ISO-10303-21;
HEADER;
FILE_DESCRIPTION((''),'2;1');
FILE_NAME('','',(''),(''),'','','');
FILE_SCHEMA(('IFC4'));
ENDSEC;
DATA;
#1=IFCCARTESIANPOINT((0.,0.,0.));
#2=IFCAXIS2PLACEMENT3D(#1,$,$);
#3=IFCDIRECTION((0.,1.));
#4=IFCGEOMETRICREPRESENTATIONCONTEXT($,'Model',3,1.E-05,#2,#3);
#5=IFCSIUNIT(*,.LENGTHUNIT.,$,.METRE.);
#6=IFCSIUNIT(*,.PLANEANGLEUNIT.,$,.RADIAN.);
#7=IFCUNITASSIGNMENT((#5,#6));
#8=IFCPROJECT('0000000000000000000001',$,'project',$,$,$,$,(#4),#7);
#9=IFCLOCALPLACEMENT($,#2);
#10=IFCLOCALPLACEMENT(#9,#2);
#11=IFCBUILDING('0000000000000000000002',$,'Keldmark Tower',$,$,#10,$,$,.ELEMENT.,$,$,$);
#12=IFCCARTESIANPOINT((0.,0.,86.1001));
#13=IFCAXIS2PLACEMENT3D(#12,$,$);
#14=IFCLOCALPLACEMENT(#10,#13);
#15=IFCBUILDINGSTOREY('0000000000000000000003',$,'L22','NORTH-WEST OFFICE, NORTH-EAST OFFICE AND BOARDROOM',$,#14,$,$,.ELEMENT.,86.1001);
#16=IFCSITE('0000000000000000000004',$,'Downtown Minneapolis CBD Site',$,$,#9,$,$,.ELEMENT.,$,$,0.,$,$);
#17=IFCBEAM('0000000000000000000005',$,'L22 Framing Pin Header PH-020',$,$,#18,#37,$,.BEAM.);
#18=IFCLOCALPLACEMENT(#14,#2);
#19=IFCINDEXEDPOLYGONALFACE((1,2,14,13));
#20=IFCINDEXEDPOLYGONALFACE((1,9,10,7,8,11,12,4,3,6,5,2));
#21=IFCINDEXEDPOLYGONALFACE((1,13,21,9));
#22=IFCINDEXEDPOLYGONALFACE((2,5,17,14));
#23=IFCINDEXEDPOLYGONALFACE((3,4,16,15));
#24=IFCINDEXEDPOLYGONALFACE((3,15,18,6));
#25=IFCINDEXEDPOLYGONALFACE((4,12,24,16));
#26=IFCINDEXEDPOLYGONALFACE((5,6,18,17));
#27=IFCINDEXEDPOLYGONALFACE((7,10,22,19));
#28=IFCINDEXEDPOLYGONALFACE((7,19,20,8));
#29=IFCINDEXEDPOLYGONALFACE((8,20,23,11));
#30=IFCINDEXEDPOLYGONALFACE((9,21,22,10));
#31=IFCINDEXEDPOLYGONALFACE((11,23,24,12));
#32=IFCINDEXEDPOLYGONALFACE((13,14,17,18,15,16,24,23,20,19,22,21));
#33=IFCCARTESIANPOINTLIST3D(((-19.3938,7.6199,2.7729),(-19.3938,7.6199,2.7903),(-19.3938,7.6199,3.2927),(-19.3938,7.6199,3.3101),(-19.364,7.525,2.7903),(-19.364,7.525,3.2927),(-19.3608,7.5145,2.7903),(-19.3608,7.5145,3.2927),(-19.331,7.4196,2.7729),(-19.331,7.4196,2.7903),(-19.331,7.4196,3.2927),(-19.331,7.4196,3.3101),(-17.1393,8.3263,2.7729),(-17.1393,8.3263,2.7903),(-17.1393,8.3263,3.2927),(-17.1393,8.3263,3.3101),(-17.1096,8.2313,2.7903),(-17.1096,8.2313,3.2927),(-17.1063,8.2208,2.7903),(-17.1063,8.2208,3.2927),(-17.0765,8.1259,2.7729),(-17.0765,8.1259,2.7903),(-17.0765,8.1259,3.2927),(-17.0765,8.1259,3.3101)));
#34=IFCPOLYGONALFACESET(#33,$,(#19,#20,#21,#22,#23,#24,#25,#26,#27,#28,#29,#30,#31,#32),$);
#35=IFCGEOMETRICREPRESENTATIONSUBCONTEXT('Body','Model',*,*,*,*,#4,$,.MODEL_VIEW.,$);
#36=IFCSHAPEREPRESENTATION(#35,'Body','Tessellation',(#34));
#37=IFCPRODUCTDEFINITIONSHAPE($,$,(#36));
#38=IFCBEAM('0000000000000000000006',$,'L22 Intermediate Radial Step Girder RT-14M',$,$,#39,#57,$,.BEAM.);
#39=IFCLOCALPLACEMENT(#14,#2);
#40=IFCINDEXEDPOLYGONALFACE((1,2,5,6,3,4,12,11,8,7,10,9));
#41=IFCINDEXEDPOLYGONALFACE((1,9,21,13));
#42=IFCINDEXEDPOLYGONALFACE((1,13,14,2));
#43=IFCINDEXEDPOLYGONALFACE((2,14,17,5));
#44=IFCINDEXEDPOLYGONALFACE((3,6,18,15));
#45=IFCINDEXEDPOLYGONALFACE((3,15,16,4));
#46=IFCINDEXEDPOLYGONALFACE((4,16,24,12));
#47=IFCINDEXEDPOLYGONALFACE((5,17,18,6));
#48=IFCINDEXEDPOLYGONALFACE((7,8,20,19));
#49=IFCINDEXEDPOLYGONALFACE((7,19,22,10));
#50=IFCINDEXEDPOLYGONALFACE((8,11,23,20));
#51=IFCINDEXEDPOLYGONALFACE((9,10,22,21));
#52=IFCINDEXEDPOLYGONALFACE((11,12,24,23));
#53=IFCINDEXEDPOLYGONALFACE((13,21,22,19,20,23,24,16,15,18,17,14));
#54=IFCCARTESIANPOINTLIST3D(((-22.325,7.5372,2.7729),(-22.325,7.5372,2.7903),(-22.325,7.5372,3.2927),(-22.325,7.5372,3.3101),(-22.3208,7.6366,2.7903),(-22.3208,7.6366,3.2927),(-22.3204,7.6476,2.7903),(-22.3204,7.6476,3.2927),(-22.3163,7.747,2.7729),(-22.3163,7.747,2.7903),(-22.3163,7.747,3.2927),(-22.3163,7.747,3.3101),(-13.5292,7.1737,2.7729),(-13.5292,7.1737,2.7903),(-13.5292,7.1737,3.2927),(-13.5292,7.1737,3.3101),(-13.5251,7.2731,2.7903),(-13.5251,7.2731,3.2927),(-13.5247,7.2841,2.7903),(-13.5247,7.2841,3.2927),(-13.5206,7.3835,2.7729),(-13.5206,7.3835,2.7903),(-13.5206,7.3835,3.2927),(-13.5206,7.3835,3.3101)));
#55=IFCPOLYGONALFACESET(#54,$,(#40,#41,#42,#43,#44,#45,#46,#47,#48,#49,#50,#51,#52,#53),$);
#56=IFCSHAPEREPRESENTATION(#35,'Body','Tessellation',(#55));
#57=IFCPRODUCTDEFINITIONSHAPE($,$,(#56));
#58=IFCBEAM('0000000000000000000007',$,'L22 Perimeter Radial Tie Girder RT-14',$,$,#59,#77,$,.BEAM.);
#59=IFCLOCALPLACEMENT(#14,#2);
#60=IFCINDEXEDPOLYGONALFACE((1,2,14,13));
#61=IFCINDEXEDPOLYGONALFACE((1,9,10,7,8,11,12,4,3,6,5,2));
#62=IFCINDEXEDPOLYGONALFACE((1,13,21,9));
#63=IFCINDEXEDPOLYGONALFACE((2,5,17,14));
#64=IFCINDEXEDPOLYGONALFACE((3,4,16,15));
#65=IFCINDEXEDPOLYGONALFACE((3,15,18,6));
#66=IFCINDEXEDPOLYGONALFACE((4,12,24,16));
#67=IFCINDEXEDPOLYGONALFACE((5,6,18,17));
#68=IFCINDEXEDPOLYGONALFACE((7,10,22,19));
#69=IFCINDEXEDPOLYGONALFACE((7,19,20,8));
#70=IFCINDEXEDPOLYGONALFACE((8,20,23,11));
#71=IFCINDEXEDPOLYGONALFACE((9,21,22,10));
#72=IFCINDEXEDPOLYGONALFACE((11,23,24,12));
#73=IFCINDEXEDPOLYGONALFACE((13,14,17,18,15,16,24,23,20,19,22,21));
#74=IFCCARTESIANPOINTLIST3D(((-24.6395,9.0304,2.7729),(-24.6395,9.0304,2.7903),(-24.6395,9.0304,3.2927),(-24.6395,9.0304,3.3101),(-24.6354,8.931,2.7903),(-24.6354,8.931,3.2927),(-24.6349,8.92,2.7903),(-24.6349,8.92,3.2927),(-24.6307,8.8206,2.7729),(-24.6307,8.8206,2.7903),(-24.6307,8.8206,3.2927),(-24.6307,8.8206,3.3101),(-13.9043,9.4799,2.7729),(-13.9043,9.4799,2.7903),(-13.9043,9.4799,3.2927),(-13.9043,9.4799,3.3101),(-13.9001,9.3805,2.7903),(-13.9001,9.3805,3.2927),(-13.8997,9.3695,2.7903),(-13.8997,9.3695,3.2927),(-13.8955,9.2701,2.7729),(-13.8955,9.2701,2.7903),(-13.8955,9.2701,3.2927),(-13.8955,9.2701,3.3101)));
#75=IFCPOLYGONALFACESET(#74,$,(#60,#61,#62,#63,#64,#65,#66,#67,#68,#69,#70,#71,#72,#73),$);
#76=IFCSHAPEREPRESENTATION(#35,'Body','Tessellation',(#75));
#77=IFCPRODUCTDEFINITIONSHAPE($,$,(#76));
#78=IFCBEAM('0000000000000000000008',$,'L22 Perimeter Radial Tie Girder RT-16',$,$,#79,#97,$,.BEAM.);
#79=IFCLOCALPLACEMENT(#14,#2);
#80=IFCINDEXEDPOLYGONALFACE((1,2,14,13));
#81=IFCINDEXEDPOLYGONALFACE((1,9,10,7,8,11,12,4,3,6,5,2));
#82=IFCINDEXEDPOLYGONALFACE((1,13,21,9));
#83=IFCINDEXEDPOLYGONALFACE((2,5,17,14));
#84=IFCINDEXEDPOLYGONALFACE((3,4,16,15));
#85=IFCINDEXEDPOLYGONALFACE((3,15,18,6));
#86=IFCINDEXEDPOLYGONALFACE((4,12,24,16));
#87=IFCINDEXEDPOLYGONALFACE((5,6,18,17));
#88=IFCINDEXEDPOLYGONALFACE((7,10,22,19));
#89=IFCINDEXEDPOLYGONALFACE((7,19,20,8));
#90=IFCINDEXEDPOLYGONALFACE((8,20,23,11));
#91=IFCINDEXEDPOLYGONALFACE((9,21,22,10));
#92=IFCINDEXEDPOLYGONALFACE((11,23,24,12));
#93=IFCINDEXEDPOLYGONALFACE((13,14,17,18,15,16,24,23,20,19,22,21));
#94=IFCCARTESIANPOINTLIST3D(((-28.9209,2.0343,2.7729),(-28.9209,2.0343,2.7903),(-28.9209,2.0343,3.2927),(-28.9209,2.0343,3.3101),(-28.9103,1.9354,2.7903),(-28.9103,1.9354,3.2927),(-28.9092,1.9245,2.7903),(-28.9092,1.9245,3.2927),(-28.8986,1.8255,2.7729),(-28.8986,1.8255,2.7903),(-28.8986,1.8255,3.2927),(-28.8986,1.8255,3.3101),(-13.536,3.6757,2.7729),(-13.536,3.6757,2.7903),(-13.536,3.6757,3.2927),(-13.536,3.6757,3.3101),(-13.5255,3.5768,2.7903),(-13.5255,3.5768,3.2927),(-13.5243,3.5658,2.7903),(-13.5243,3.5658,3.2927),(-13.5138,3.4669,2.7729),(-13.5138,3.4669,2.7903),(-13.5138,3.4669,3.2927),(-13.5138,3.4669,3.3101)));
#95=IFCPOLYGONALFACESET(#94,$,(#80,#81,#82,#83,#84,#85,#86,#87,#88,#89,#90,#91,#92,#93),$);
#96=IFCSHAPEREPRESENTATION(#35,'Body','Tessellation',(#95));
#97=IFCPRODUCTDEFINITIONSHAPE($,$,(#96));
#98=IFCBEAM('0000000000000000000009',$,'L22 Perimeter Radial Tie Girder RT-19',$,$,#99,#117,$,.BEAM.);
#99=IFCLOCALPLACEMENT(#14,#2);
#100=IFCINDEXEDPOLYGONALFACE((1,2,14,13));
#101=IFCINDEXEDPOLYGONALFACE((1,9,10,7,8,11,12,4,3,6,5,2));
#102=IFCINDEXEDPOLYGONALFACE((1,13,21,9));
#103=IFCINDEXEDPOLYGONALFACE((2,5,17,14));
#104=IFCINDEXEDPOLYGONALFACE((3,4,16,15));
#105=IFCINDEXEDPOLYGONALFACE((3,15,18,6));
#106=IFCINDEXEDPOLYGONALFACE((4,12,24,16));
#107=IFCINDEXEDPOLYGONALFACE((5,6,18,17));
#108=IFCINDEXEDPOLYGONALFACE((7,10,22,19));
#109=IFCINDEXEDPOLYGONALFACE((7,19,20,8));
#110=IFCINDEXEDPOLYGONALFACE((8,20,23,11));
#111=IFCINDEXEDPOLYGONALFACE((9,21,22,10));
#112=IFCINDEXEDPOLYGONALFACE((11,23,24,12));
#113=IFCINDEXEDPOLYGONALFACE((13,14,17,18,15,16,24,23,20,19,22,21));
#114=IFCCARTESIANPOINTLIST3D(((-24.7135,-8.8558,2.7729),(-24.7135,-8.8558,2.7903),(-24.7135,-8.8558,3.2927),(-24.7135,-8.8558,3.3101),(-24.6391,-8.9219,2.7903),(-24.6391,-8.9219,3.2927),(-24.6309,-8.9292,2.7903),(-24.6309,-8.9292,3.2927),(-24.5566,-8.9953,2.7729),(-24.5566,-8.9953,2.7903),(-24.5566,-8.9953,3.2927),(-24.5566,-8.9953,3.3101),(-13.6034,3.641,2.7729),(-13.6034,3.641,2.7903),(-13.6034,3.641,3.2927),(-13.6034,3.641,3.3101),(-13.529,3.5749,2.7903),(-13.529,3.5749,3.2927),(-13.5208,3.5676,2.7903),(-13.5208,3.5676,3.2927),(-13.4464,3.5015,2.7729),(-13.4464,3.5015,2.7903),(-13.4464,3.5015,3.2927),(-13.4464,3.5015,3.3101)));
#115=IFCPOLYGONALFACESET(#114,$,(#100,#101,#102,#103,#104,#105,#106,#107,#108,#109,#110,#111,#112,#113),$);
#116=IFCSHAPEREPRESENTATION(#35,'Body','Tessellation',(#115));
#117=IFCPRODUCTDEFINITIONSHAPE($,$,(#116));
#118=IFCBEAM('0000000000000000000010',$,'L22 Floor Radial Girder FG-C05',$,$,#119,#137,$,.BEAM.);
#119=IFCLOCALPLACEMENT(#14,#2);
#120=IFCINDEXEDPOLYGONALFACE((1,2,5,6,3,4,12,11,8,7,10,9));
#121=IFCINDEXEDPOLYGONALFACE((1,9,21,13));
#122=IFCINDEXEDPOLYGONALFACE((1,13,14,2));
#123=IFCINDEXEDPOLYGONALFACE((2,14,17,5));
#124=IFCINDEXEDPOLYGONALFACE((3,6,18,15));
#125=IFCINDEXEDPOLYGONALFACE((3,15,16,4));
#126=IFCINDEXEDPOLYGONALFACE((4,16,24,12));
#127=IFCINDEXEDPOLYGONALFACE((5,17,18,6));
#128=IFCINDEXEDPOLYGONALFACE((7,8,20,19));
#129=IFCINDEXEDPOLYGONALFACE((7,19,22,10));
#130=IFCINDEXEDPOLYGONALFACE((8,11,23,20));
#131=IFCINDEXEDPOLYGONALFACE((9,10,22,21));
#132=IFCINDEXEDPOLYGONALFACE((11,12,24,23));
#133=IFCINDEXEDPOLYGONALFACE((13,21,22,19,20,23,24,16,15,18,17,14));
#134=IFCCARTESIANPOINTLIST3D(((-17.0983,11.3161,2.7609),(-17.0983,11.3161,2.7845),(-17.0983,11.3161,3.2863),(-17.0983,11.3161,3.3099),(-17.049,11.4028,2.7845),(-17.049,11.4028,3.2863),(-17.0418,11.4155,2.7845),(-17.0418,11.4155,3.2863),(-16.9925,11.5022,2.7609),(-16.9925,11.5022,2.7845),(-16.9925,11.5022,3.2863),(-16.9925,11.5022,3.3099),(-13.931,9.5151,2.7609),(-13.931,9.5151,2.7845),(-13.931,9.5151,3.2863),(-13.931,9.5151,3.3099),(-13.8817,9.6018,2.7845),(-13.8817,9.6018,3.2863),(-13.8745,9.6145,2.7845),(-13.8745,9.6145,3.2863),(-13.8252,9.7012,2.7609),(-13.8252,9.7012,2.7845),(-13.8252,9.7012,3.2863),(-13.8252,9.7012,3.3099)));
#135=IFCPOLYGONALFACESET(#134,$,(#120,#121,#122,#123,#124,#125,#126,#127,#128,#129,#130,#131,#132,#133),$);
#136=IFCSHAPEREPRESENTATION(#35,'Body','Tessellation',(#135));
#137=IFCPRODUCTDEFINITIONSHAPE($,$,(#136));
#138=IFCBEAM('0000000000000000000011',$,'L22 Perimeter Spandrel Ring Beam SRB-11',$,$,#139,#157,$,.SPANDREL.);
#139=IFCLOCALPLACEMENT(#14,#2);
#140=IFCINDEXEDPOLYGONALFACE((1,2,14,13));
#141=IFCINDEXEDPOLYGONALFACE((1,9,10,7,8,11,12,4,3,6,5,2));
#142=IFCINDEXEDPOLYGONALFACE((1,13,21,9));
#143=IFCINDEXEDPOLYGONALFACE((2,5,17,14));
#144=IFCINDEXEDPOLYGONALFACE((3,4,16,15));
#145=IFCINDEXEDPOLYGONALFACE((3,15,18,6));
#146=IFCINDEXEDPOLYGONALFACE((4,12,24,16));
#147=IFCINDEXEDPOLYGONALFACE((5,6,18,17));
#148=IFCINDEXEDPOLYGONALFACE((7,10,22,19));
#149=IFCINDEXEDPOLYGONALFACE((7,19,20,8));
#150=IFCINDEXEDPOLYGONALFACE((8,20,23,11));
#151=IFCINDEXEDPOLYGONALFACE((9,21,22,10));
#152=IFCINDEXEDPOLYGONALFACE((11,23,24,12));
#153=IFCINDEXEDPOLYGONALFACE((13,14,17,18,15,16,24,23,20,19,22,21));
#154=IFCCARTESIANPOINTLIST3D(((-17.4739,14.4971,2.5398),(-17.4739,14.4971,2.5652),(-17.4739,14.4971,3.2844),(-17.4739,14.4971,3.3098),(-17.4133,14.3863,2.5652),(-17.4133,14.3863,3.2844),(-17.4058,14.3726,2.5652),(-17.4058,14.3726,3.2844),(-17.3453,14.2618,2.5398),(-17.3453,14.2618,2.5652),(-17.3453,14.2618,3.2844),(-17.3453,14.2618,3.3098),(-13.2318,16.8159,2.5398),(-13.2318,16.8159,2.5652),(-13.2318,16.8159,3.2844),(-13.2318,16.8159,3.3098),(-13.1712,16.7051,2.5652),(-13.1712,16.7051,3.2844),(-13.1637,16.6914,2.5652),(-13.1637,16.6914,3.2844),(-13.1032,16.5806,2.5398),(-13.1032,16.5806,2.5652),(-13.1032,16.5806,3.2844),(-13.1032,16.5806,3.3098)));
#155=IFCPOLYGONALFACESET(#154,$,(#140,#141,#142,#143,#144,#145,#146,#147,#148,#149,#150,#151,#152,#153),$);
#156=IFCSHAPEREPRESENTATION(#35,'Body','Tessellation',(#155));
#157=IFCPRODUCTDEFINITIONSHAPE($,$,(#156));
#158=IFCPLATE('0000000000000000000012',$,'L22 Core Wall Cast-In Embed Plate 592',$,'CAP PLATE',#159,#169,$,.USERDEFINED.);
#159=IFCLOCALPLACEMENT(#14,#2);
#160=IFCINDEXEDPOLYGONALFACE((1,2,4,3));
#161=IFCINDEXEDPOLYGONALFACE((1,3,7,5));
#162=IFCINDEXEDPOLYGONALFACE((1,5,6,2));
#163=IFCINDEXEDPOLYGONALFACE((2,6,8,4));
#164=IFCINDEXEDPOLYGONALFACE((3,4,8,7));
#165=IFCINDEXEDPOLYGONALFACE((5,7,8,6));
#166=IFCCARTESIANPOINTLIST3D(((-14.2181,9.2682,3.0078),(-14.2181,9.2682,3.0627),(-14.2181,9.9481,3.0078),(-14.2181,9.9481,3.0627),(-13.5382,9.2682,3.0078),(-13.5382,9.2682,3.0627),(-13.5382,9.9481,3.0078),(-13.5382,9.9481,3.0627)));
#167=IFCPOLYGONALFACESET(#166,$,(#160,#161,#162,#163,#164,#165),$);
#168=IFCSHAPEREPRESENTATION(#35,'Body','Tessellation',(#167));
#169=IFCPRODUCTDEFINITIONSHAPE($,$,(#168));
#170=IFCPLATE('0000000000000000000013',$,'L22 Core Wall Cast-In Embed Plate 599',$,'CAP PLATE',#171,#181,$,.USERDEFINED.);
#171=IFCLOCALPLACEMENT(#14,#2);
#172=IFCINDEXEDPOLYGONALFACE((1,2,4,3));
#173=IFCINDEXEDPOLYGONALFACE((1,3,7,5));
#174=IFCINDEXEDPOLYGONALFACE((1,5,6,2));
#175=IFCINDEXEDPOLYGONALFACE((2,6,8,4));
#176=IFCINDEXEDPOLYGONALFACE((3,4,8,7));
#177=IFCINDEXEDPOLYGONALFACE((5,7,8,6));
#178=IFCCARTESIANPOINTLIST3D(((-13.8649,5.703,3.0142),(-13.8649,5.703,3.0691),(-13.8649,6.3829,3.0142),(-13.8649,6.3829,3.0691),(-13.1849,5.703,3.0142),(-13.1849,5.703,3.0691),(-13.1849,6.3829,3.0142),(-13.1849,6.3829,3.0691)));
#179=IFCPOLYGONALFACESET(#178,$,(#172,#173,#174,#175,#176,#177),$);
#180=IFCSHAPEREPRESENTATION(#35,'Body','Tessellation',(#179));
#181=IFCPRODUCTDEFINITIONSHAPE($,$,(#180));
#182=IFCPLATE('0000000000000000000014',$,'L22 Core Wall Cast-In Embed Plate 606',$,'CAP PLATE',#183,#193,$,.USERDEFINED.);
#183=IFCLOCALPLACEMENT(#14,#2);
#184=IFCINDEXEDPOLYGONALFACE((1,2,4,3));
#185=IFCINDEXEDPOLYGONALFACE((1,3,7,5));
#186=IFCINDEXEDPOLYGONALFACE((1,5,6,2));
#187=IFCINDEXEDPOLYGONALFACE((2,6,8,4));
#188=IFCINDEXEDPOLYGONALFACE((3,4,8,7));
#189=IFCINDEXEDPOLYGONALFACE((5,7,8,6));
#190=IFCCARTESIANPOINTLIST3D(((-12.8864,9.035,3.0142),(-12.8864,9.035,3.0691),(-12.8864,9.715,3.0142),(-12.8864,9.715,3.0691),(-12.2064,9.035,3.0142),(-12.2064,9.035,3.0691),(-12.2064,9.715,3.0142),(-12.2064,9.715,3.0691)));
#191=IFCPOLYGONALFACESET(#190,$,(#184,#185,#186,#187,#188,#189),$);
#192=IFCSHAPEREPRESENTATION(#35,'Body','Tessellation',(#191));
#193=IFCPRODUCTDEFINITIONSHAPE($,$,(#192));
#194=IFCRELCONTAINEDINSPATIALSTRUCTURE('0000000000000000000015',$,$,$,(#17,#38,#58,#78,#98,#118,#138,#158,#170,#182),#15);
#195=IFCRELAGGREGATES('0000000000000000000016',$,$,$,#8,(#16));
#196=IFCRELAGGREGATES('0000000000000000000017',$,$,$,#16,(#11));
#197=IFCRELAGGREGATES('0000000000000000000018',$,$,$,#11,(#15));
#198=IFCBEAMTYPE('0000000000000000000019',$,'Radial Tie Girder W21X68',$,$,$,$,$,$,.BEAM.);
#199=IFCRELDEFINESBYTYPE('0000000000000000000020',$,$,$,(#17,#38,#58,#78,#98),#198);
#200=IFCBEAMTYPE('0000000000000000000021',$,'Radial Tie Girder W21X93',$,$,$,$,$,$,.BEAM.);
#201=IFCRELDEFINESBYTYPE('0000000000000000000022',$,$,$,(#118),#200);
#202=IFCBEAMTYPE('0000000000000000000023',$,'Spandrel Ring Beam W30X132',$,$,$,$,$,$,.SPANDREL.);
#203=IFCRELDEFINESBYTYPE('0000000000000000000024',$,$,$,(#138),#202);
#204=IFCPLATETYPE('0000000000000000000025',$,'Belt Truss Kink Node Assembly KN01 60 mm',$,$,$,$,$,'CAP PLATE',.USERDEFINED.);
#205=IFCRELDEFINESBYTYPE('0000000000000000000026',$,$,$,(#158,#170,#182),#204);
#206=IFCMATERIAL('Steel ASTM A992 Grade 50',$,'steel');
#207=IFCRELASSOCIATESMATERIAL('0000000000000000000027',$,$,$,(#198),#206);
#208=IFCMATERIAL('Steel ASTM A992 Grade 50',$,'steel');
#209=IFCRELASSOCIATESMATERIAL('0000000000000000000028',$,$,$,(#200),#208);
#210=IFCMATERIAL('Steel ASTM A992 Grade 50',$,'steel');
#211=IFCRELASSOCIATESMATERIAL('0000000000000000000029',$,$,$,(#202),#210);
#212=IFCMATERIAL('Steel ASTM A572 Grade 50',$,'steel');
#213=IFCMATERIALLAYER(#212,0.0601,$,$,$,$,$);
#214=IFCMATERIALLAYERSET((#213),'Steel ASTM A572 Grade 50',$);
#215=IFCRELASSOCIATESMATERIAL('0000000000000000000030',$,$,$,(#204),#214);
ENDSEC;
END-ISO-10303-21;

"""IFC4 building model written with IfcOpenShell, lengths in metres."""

from ifc_helpers import new_model, si_unit, direction, frame, origin, origin_2d, place, context, subcontext, project, spatial, rectangle, i_section, extrude, material, layer, layer_set, material_profile, profile_set, type_object, element, save


model = new_model("IFC4")

# Units and contexts
model_context = context("Model", 3, precision=1e-05, world=origin(), true_north=direction((0.0, 1.0)))
body_context = subcontext(model_context, "Body", "Model", "MODEL_VIEW")
ifc_project = project(units=[si_unit("LENGTHUNIT", "METRE"), si_unit("PLANEANGLEUNIT", "RADIAN")], contexts=[model_context])

# Site, building, storey
site_placement = place(None, origin())
site = spatial("IfcSite", under=ifc_project, at=site_placement, Name="Downtown Minneapolis CBD Site", CompositionType="ELEMENT", RefElevation=0.0)
building_placement = place(site_placement, origin())
building = spatial("IfcBuilding", under=site, at=building_placement, Name="Keldmark Tower", CompositionType="ELEMENT")
storey_placement = place(building_placement, frame((0.0, 0.0, 86.1001)))
storey = spatial("IfcBuildingStorey", under=building, at=storey_placement, Name="L22", Description="NORTH-WEST OFFICE, NORTH-EAST OFFICE AND BOARDROOM", CompositionType="ELEMENT", Elevation=86.1001)

# Beams
ifc_material_1 = material(Name="Steel ASTM A992 Grade 50", Category="steel")
ifc_material_profile_1 = material_profile(ifc_material_1, i_section(OverallWidth=0.21, OverallDepth=0.5371, WebThickness=0.011, FlangeThickness=0.0173, at=origin_2d()), Name="W21X68")
ifc_profile_set_1 = profile_set([ifc_material_profile_1], Name="Steel ASTM A992 Grade 50")
beam_type_1 = type_object("IfcBeamType", Name="Radial Tie Girder W21X68", PredefinedType="BEAM", material=ifc_profile_set_1)
beam_1_placement = place(storey_placement, frame((-17.1079, 8.2261, 3.0415), z_axis=(-0.954263, -0.298969, 0.0), x_axis=(0.298969, -0.954263, 0.0)))
element("IfcBeam", 1, at=beam_1_placement, inside=storey, type_object=beam_type_1, Name="L22 Framing Pin Header PH-020", PredefinedType="BEAM", context=body_context, shape_type="SweptSolid", body=[
    extrude(i_section(OverallWidth=0.21, OverallDepth=0.5371, WebThickness=0.011, FlangeThickness=0.0173, at=origin_2d()), origin(), (0.0, 0.0, 1.0), 2.3625),
])
beam_2_placement = place(storey_placement, frame((-13.5249, 7.2786, 3.0415), z_axis=(-0.999147, 0.041295, 0.0), x_axis=(-0.041295, -0.999147, 0.0)))
element("IfcBeam", 2, at=beam_2_placement, inside=storey, type_object=beam_type_1, Name="L22 Intermediate Radial Step Girder RT-14M", PredefinedType="BEAM", context=body_context, shape_type="SweptSolid", body=[
    extrude(i_section(OverallWidth=0.21, OverallDepth=0.5371, WebThickness=0.011, FlangeThickness=0.0173, at=origin_2d()), origin(), (0.0, 0.0, 1.0), 8.8032),
])
beam_3_placement = place(storey_placement, frame((-13.8999, 9.375, 3.0415), z_axis=(-0.999125, -0.041832, 0.0), x_axis=(0.041832, -0.999125, 0.0)))
element("IfcBeam", 3, at=beam_3_placement, inside=storey, type_object=beam_type_1, Name="L22 Perimeter Radial Tie Girder RT-14", PredefinedType="BEAM", context=body_context, shape_type="SweptSolid", body=[
    extrude(i_section(OverallWidth=0.21, OverallDepth=0.5371, WebThickness=0.011, FlangeThickness=0.0173, at=origin_2d()), origin(), (0.0, 0.0, 1.0), 10.7446),
])
beam_4_placement = place(storey_placement, frame((-13.5249, 3.5713, 3.0415), z_axis=(-0.994357, -0.106085, 0.0), x_axis=(0.106085, -0.994357, 0.0)))
element("IfcBeam", 4, at=beam_4_placement, inside=storey, type_object=beam_type_1, Name="L22 Perimeter Radial Tie Girder RT-16", PredefinedType="BEAM", context=body_context, shape_type="SweptSolid", body=[
    extrude(i_section(OverallWidth=0.21, OverallDepth=0.5371, WebThickness=0.011, FlangeThickness=0.0173, at=origin_2d()), origin(), (0.0, 0.0, 1.0), 15.4722),
])
beam_5_placement = place(storey_placement, frame((-13.5249, 3.5713, 3.0415), z_axis=(-0.664425, -0.747355, 0.0), x_axis=(0.747355, -0.664425, 0.0)))
element("IfcBeam", 5, at=beam_5_placement, inside=storey, type_object=beam_type_1, Name="L22 Perimeter Radial Tie Girder RT-19", PredefinedType="BEAM", context=body_context, shape_type="SweptSolid", body=[
    extrude(i_section(OverallWidth=0.21, OverallDepth=0.5371, WebThickness=0.011, FlangeThickness=0.0173, at=origin_2d()), origin(), (0.0, 0.0, 1.0), 16.7214),
])
ifc_material_2 = material(Name="Steel ASTM A992 Grade 50", Category="steel")
ifc_material_profile_2 = material_profile(ifc_material_2, i_section(OverallWidth=0.2141, OverallDepth=0.5491, WebThickness=0.0146, FlangeThickness=0.0237, at=origin_2d()), Name="W21X93")
ifc_profile_set_2 = profile_set([ifc_material_profile_2], Name="Steel ASTM A992 Grade 50")
beam_type_2 = type_object("IfcBeamType", Name="Radial Tie Girder W21X93", PredefinedType="BEAM", material=ifc_profile_set_2)
beam_6_placement = place(storey_placement, frame((-17.0454, 11.4092, 3.0354), z_axis=(0.869284, -0.494312, 0.0), x_axis=(0.494312, 0.869284, 0.0)))
element("IfcBeam", 6, at=beam_6_placement, inside=storey, type_object=beam_type_2, Name="L22 Floor Radial Girder FG-C05", PredefinedType="BEAM", context=body_context, shape_type="SweptSolid", body=[
    extrude(i_section(OverallWidth=0.2141, OverallDepth=0.5491, WebThickness=0.0146, FlangeThickness=0.0237, at=origin_2d()), origin(), (0.0, 0.0, 1.0), 3.6436),
])
ifc_material_3 = material(Name="Steel ASTM A992 Grade 50", Category="steel")
ifc_material_profile_3 = material_profile(ifc_material_3, i_section(OverallWidth=0.2681, OverallDepth=0.77, WebThickness=0.0156, FlangeThickness=0.0254, at=origin_2d()), Name="W30X132")
ifc_profile_set_3 = profile_set([ifc_material_profile_3], Name="Steel ASTM A992 Grade 50")
beam_type_3 = type_object("IfcBeamType", Name="Spandrel Ring Beam W30X132", PredefinedType="SPANDREL", material=ifc_profile_set_3)
beam_7_placement = place(storey_placement, frame((-13.1675, 16.6982, 2.9248), z_axis=(-0.877467, -0.479637, 0.0), x_axis=(0.479637, -0.877467, 0.0)))
element("IfcBeam", 7, at=beam_7_placement, inside=storey, type_object=beam_type_3, Name="L22 Perimeter Spandrel Ring Beam SRB-11", PredefinedType="SPANDREL", context=body_context, shape_type="SweptSolid", body=[
    extrude(i_section(OverallWidth=0.2681, OverallDepth=0.77, WebThickness=0.0156, FlangeThickness=0.0254, at=origin_2d()), origin(), (0.0, 0.0, 1.0), 4.8345),
])

# Plates
ifc_material_4 = material(Name="Steel ASTM A572 Grade 50", Category="steel")
ifc_layer_1 = layer(ifc_material_4, 0.0601)
ifc_layer_set_1 = layer_set([ifc_layer_1], Name="Steel ASTM A572 Grade 50")
plate_type_1 = type_object("IfcPlateType", Name="Belt Truss Kink Node Assembly KN01 60 mm", ElementType="CAP PLATE", PredefinedType="USERDEFINED", material=ifc_layer_set_1)
for number, where, z_axis, x_axis, name in (
    (8, (-13.8782, 9.6082, 3.0078), (0.0, 0.0, 1.0), (1.0, 0.0, 0.0), "L22 Core Wall Cast-In Embed Plate 592"),
    (9, (-13.5249, 6.043, 3.0142), (0.0, 0.0, 1.0), (1.0, 0.0, 0.0), "L22 Core Wall Cast-In Embed Plate 599"),
    (10, (-12.5464, 9.375, 3.0142), (0.0, 0.0, 1.0), (1.0, 0.0, 0.0), "L22 Core Wall Cast-In Embed Plate 606"),
):
    element("IfcPlate", number, at=place(storey_placement, frame(where, z_axis=z_axis, x_axis=x_axis)), inside=storey, type_object=plate_type_1, Name=name, ObjectType="CAP PLATE", PredefinedType="USERDEFINED", context=body_context, shape_type="SweptSolid", body=[
        extrude(rectangle(XDim=0.6799, YDim=0.6799, at=origin_2d()), origin(), (0.0, 0.0, 1.0), 0.0549),
    ])

save(model, "model.ifc")
